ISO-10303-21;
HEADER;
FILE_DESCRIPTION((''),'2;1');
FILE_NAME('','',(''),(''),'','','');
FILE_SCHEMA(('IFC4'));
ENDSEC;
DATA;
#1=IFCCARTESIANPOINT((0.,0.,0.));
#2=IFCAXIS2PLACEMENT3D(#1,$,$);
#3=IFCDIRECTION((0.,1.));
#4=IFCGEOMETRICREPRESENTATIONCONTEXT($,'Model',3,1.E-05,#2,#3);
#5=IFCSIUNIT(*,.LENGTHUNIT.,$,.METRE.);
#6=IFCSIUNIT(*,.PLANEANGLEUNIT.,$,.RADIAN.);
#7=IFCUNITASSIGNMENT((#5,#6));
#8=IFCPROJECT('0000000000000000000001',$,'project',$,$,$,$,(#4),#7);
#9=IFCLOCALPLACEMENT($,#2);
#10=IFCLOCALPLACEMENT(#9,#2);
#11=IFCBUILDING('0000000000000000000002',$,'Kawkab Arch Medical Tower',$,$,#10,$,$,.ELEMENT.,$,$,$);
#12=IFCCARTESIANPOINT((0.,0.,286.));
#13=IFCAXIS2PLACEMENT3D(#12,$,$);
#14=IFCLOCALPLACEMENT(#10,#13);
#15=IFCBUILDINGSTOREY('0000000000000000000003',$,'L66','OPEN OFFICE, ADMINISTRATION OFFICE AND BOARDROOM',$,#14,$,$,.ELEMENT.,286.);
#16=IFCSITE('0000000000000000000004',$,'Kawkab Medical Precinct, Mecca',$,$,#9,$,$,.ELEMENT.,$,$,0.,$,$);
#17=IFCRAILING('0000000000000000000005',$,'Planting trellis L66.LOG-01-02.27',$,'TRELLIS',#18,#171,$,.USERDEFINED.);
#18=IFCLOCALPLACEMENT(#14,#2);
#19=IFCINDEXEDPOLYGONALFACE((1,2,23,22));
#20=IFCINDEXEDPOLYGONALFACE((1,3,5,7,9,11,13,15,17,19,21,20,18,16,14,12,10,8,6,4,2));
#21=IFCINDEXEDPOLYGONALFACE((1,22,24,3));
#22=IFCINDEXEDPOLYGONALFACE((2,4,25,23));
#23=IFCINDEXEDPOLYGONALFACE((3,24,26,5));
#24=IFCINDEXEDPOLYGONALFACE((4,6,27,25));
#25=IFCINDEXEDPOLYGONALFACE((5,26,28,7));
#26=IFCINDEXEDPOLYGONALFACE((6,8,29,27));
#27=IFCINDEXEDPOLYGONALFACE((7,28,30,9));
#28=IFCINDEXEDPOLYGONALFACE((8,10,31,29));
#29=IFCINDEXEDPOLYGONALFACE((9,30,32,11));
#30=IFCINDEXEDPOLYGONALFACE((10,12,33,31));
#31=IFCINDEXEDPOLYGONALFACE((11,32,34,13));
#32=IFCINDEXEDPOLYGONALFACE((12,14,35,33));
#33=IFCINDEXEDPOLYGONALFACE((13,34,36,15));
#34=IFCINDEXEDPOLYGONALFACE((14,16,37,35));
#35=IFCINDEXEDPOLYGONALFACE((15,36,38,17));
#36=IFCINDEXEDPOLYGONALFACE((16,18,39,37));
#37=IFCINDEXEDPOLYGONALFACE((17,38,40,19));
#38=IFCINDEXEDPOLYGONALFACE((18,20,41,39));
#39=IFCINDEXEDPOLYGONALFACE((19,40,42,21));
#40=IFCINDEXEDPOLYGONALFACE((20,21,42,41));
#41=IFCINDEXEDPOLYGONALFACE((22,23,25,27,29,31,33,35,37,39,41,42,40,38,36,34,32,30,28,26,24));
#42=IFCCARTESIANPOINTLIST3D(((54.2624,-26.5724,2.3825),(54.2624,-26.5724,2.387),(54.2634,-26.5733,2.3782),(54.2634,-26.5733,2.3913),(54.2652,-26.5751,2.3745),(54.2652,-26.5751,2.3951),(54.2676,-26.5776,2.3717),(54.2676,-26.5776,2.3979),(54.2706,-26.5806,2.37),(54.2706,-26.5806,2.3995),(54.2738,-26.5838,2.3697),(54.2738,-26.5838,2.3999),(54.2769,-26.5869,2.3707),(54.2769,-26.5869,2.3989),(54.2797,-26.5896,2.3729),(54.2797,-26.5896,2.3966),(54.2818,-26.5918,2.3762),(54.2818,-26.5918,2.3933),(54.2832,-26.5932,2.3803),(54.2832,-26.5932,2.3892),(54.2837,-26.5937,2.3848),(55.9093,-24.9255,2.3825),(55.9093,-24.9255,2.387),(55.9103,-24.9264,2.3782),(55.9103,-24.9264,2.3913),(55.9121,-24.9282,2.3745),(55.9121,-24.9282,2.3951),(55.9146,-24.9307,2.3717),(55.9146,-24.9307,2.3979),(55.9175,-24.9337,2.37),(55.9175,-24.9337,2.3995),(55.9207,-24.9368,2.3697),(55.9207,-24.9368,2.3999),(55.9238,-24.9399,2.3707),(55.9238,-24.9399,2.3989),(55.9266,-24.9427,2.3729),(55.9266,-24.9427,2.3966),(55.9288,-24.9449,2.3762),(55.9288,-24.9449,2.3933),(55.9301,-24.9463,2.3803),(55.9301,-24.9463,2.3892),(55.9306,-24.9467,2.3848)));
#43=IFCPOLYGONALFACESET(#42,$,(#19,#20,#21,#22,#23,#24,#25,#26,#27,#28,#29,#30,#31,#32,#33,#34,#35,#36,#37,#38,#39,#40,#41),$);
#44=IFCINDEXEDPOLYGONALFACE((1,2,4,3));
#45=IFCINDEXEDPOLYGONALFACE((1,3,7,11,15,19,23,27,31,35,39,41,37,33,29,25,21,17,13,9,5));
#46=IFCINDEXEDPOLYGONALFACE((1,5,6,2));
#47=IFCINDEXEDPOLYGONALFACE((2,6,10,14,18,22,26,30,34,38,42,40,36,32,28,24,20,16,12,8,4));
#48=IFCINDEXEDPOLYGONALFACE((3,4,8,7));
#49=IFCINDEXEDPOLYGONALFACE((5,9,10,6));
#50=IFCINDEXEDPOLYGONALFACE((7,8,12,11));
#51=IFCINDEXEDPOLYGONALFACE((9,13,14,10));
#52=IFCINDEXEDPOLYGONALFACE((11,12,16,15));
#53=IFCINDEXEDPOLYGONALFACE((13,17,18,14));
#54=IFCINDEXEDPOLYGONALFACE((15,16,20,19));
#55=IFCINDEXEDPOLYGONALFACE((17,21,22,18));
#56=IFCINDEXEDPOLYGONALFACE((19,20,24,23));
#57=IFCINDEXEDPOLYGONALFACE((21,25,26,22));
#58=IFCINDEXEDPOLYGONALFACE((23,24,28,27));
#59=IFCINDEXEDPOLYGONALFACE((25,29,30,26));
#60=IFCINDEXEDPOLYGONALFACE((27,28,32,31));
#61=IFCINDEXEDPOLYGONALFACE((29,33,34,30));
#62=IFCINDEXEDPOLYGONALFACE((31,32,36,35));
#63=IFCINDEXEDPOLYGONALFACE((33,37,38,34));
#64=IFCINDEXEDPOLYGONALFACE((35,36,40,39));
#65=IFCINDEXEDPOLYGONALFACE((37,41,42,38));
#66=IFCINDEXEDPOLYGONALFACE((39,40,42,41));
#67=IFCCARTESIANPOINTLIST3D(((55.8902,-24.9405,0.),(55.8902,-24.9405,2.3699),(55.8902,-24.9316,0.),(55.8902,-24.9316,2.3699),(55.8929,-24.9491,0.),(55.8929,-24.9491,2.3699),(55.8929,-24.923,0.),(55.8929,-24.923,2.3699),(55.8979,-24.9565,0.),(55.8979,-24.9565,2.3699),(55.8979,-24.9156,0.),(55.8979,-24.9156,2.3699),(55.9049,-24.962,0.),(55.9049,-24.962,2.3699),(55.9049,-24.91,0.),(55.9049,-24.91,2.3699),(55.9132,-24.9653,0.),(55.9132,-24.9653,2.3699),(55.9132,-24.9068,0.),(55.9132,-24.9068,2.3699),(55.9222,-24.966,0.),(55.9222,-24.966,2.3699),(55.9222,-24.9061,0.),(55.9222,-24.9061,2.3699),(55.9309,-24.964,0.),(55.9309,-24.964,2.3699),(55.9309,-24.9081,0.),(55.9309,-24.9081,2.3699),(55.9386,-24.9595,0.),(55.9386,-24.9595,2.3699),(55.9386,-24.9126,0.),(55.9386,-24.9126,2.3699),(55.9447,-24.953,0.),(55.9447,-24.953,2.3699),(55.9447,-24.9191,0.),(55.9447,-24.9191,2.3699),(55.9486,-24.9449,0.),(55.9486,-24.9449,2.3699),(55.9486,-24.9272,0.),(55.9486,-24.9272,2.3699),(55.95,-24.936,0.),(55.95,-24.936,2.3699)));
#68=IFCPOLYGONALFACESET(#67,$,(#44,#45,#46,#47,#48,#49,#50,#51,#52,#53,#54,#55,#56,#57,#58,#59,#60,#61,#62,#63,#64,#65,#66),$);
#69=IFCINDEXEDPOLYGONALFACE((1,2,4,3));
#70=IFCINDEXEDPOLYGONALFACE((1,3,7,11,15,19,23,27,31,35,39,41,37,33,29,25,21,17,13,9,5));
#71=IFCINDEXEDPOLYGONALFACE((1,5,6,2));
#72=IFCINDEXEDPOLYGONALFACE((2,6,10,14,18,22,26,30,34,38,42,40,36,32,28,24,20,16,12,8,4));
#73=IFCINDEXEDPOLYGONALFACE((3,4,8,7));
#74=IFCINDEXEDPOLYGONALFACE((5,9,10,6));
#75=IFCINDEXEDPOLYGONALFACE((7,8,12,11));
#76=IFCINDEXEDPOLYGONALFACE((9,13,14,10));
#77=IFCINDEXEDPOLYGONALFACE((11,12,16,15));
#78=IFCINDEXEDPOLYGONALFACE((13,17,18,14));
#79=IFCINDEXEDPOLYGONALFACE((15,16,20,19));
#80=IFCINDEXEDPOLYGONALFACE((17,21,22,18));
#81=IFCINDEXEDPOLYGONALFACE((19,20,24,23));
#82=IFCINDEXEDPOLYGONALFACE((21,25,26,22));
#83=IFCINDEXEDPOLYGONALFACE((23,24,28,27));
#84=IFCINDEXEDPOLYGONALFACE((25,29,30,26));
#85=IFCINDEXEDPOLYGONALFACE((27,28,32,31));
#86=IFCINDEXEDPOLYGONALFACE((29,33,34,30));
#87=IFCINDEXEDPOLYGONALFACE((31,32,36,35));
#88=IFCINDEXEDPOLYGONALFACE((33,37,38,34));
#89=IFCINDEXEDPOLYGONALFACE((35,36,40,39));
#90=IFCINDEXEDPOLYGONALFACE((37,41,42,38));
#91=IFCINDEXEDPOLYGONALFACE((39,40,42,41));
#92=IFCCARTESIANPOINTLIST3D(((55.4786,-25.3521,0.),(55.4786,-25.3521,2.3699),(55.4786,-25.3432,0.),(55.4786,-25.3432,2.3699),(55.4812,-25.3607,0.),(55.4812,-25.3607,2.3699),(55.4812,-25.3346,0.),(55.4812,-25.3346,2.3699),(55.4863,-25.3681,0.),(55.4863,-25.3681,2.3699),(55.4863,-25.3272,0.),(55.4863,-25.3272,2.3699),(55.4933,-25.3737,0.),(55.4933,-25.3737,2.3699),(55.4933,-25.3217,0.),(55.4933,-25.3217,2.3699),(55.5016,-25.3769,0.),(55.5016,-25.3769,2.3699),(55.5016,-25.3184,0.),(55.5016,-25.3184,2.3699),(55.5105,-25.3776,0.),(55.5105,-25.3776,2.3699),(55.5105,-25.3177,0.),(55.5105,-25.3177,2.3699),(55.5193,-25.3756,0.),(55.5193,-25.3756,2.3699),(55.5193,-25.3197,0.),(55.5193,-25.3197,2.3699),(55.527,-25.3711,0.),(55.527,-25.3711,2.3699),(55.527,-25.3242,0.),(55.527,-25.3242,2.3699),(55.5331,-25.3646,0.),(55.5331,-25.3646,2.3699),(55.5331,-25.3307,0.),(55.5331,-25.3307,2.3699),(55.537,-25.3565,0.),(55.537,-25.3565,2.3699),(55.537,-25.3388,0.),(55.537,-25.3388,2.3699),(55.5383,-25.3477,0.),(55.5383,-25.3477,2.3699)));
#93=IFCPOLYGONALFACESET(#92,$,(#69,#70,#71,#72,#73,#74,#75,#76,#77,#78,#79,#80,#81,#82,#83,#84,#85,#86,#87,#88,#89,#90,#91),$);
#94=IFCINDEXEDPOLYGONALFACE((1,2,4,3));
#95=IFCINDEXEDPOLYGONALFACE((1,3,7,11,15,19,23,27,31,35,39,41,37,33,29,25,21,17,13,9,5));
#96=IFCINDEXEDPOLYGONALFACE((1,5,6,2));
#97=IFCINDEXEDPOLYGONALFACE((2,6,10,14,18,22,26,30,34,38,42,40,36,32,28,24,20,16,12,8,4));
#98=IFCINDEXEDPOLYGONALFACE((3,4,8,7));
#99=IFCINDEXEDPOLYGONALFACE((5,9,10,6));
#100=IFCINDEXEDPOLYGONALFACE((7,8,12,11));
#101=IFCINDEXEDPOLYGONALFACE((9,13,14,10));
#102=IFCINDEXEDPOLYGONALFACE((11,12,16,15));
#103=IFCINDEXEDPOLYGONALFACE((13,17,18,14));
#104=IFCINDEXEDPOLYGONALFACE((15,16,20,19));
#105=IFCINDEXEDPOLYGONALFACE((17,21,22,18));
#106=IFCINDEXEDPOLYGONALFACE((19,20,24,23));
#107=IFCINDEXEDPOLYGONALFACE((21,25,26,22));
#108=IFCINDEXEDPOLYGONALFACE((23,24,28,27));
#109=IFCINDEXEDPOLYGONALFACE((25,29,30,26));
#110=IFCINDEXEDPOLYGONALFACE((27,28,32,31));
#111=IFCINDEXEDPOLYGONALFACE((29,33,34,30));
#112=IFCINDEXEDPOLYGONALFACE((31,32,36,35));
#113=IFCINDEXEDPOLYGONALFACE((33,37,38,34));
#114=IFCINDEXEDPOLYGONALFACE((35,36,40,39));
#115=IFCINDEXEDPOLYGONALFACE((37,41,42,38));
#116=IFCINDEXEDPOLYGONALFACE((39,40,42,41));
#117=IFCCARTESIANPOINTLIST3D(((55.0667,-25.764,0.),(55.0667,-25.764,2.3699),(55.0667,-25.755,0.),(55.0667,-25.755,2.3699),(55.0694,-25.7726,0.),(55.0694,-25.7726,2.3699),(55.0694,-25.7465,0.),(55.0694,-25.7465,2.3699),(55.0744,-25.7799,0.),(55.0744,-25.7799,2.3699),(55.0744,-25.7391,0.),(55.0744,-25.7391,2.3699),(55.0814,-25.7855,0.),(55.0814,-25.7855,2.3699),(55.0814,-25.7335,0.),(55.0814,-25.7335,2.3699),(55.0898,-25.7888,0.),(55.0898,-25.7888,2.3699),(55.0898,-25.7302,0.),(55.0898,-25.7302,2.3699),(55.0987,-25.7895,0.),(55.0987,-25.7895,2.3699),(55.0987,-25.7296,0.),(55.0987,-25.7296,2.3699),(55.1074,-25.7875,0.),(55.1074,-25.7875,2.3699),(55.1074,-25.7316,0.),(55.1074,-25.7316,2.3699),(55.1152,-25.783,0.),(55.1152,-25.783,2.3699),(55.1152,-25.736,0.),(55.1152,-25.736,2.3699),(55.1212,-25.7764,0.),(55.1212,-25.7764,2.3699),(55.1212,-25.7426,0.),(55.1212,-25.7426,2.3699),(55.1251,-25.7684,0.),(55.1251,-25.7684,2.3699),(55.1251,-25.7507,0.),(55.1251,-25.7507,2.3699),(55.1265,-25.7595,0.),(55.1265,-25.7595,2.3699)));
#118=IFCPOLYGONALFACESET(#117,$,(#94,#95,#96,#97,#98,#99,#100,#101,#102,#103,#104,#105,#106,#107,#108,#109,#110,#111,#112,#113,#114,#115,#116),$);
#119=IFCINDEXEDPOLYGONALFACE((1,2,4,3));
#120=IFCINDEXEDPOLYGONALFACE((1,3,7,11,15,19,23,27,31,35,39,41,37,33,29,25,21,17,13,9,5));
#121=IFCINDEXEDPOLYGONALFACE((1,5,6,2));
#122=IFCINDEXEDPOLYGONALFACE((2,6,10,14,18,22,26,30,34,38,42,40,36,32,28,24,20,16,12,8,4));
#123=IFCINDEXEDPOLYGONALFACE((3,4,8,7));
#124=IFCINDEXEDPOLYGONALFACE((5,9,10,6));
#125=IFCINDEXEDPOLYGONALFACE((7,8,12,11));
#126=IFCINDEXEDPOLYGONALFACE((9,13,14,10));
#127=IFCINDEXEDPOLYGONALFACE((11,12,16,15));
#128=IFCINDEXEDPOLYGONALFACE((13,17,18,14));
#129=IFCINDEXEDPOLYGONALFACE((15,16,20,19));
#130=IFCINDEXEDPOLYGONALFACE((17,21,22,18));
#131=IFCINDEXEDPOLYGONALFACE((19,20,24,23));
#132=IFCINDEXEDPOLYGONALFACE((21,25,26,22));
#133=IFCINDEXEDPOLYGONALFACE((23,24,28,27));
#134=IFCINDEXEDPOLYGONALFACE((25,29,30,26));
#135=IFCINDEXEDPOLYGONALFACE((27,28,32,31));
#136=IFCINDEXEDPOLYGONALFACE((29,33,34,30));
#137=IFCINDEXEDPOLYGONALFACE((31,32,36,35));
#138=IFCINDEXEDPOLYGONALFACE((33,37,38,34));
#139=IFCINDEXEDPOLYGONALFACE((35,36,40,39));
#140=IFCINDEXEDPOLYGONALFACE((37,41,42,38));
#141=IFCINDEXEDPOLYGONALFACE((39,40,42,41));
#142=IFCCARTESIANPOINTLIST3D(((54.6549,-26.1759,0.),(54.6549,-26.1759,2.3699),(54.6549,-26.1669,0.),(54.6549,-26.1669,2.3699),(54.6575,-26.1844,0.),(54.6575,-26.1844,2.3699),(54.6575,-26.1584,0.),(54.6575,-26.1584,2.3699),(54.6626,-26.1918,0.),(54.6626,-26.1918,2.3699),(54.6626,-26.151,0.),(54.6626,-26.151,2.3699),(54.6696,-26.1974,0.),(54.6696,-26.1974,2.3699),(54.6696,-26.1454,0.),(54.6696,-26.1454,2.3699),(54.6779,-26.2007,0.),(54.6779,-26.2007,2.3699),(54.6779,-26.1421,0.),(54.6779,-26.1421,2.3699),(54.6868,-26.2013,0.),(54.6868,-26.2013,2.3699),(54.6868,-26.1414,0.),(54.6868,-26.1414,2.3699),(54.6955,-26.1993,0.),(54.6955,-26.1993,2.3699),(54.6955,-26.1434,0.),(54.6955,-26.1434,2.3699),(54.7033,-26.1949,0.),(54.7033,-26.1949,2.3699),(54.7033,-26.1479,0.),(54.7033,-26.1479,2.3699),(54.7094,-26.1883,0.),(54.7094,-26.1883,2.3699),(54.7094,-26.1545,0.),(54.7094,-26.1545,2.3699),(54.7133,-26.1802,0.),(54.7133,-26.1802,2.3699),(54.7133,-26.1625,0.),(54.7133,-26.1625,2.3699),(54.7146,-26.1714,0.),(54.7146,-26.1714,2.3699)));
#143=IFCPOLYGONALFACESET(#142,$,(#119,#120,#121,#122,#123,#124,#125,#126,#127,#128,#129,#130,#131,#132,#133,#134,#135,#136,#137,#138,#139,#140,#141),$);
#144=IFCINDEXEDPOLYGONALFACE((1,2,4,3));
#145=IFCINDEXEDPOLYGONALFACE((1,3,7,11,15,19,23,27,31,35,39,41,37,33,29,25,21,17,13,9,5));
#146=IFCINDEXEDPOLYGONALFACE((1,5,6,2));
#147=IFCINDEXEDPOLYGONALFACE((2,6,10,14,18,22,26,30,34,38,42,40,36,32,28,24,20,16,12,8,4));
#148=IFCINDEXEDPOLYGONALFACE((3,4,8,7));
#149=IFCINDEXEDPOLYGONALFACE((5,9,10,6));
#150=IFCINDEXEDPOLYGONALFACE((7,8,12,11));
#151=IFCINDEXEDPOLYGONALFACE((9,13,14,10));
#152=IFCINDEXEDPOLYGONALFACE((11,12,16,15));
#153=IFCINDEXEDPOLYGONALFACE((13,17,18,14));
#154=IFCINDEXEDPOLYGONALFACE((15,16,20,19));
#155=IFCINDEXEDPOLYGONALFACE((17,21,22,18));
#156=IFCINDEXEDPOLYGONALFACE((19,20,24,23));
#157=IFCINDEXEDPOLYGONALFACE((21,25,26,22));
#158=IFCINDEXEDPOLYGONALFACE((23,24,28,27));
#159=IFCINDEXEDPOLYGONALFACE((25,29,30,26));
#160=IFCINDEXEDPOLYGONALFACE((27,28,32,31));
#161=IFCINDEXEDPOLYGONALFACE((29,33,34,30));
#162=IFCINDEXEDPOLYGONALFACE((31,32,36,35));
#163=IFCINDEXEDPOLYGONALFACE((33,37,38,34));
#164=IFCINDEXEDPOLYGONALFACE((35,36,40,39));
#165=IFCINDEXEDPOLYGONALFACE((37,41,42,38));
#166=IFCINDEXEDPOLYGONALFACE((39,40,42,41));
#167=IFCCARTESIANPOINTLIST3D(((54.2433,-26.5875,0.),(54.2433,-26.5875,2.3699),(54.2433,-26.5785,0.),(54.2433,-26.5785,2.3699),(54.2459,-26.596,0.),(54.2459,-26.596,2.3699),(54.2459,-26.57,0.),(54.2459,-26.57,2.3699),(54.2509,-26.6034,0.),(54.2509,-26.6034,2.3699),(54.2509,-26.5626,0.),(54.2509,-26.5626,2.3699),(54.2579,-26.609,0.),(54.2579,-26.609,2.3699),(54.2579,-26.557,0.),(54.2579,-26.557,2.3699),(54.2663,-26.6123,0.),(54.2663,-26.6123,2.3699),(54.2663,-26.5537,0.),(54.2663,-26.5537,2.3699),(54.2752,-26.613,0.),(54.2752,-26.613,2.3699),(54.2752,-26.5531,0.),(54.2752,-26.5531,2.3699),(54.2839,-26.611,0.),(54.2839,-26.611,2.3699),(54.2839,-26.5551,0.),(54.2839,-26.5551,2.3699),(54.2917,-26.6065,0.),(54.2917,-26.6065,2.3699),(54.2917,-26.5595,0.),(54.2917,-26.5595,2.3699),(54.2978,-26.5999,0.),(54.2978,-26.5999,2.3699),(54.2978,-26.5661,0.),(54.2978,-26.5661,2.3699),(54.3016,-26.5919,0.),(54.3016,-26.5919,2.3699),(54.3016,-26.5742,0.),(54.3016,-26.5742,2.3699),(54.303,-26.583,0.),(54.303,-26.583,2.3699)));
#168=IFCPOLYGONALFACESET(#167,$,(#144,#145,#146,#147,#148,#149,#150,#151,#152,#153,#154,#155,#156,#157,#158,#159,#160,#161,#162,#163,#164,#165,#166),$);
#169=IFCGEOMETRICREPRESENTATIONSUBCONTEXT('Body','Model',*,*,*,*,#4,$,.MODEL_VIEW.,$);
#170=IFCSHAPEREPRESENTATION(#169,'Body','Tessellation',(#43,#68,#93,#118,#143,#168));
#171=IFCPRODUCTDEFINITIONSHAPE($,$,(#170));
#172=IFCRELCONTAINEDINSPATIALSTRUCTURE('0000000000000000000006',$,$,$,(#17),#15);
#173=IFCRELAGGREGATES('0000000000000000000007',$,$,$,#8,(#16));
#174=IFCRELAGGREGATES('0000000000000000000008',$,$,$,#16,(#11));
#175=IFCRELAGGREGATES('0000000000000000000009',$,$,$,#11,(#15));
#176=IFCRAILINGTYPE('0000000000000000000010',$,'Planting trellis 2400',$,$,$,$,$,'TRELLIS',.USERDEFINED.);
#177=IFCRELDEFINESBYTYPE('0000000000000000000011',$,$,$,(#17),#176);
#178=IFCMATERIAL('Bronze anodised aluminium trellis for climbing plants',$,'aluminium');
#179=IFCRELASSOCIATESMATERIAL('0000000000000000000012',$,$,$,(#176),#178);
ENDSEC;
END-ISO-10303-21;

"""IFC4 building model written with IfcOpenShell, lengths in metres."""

from ifc_helpers import new_model, si_unit, direction, frame, origin, origin_2d, place, context, subcontext, project, spatial, circle, extrude, material, type_object, element, save


model = new_model("IFC4")

# Units and contexts
model_context = context("Model", 3, precision=1e-05, world=origin(), true_north=direction((0.0, 1.0)))
body_context = subcontext(model_context, "Body", "Model", "MODEL_VIEW")
ifc_project = project(units=[si_unit("LENGTHUNIT", "METRE"), si_unit("PLANEANGLEUNIT", "RADIAN")], contexts=[model_context])

# Site, building, storey
site_placement = place(None, origin())
site = spatial("IfcSite", under=ifc_project, at=site_placement, Name="Kawkab Medical Precinct, Mecca", CompositionType="ELEMENT", RefElevation=0.0)
building_placement = place(site_placement, origin())
building = spatial("IfcBuilding", under=site, at=building_placement, Name="Kawkab Arch Medical Tower", CompositionType="ELEMENT")
storey_placement = place(building_placement, frame((0.0, 0.0, 286.0)))
storey = spatial("IfcBuildingStorey", under=building, at=storey_placement, Name="L66", Description="OPEN OFFICE, ADMINISTRATION OFFICE AND BOARDROOM", CompositionType="ELEMENT", Elevation=286.0)

# Railing
ifc_material_1 = material(Name="Bronze anodised aluminium trellis for climbing plants", Category="aluminium")
railing_type_1 = type_object("IfcRailingType", Name="Planting trellis 2400", ElementType="TRELLIS", PredefinedType="USERDEFINED", material=ifc_material_1)
railing_1_placement = place(storey_placement, frame((55.9199, -24.936, 0.0)))
element("IfcRailing", 1, at=railing_1_placement, inside=storey, type_object=railing_type_1, Name="Planting trellis L66.LOG-01-02.27", ObjectType="TRELLIS", PredefinedType="USERDEFINED", context=body_context, shape_type="SweptSolid", body=[
    extrude(circle(Radius=0.0151, at=origin_2d()), frame((0.0, 0.0, 2.3848), z_axis=(-0.707107, -0.707107, 0.0), x_axis=(0.707107, -0.707107, 0.0)), (0.0, 0.0, 1.0), 2.3291),
    extrude(circle(Radius=0.03, at=origin_2d()), origin(), (0.0, 0.0, 1.0), 2.3699),
    extrude(circle(Radius=0.03, at=origin_2d()), frame((-0.4116, -0.4116, 0.0)), (0.0, 0.0, 1.0), 2.3699),
    extrude(circle(Radius=0.03, at=origin_2d()), frame((-0.8235, -0.8235, 0.0)), (0.0, 0.0, 1.0), 2.3699),
    extrude(circle(Radius=0.03, at=origin_2d()), frame((-1.2354, -1.2354, 0.0)), (0.0, 0.0, 1.0), 2.3699),
    extrude(circle(Radius=0.03, at=origin_2d()), frame((-1.647, -1.647, 0.0)), (0.0, 0.0, 1.0), 2.3699),
])

save(model, "model.ifc")
